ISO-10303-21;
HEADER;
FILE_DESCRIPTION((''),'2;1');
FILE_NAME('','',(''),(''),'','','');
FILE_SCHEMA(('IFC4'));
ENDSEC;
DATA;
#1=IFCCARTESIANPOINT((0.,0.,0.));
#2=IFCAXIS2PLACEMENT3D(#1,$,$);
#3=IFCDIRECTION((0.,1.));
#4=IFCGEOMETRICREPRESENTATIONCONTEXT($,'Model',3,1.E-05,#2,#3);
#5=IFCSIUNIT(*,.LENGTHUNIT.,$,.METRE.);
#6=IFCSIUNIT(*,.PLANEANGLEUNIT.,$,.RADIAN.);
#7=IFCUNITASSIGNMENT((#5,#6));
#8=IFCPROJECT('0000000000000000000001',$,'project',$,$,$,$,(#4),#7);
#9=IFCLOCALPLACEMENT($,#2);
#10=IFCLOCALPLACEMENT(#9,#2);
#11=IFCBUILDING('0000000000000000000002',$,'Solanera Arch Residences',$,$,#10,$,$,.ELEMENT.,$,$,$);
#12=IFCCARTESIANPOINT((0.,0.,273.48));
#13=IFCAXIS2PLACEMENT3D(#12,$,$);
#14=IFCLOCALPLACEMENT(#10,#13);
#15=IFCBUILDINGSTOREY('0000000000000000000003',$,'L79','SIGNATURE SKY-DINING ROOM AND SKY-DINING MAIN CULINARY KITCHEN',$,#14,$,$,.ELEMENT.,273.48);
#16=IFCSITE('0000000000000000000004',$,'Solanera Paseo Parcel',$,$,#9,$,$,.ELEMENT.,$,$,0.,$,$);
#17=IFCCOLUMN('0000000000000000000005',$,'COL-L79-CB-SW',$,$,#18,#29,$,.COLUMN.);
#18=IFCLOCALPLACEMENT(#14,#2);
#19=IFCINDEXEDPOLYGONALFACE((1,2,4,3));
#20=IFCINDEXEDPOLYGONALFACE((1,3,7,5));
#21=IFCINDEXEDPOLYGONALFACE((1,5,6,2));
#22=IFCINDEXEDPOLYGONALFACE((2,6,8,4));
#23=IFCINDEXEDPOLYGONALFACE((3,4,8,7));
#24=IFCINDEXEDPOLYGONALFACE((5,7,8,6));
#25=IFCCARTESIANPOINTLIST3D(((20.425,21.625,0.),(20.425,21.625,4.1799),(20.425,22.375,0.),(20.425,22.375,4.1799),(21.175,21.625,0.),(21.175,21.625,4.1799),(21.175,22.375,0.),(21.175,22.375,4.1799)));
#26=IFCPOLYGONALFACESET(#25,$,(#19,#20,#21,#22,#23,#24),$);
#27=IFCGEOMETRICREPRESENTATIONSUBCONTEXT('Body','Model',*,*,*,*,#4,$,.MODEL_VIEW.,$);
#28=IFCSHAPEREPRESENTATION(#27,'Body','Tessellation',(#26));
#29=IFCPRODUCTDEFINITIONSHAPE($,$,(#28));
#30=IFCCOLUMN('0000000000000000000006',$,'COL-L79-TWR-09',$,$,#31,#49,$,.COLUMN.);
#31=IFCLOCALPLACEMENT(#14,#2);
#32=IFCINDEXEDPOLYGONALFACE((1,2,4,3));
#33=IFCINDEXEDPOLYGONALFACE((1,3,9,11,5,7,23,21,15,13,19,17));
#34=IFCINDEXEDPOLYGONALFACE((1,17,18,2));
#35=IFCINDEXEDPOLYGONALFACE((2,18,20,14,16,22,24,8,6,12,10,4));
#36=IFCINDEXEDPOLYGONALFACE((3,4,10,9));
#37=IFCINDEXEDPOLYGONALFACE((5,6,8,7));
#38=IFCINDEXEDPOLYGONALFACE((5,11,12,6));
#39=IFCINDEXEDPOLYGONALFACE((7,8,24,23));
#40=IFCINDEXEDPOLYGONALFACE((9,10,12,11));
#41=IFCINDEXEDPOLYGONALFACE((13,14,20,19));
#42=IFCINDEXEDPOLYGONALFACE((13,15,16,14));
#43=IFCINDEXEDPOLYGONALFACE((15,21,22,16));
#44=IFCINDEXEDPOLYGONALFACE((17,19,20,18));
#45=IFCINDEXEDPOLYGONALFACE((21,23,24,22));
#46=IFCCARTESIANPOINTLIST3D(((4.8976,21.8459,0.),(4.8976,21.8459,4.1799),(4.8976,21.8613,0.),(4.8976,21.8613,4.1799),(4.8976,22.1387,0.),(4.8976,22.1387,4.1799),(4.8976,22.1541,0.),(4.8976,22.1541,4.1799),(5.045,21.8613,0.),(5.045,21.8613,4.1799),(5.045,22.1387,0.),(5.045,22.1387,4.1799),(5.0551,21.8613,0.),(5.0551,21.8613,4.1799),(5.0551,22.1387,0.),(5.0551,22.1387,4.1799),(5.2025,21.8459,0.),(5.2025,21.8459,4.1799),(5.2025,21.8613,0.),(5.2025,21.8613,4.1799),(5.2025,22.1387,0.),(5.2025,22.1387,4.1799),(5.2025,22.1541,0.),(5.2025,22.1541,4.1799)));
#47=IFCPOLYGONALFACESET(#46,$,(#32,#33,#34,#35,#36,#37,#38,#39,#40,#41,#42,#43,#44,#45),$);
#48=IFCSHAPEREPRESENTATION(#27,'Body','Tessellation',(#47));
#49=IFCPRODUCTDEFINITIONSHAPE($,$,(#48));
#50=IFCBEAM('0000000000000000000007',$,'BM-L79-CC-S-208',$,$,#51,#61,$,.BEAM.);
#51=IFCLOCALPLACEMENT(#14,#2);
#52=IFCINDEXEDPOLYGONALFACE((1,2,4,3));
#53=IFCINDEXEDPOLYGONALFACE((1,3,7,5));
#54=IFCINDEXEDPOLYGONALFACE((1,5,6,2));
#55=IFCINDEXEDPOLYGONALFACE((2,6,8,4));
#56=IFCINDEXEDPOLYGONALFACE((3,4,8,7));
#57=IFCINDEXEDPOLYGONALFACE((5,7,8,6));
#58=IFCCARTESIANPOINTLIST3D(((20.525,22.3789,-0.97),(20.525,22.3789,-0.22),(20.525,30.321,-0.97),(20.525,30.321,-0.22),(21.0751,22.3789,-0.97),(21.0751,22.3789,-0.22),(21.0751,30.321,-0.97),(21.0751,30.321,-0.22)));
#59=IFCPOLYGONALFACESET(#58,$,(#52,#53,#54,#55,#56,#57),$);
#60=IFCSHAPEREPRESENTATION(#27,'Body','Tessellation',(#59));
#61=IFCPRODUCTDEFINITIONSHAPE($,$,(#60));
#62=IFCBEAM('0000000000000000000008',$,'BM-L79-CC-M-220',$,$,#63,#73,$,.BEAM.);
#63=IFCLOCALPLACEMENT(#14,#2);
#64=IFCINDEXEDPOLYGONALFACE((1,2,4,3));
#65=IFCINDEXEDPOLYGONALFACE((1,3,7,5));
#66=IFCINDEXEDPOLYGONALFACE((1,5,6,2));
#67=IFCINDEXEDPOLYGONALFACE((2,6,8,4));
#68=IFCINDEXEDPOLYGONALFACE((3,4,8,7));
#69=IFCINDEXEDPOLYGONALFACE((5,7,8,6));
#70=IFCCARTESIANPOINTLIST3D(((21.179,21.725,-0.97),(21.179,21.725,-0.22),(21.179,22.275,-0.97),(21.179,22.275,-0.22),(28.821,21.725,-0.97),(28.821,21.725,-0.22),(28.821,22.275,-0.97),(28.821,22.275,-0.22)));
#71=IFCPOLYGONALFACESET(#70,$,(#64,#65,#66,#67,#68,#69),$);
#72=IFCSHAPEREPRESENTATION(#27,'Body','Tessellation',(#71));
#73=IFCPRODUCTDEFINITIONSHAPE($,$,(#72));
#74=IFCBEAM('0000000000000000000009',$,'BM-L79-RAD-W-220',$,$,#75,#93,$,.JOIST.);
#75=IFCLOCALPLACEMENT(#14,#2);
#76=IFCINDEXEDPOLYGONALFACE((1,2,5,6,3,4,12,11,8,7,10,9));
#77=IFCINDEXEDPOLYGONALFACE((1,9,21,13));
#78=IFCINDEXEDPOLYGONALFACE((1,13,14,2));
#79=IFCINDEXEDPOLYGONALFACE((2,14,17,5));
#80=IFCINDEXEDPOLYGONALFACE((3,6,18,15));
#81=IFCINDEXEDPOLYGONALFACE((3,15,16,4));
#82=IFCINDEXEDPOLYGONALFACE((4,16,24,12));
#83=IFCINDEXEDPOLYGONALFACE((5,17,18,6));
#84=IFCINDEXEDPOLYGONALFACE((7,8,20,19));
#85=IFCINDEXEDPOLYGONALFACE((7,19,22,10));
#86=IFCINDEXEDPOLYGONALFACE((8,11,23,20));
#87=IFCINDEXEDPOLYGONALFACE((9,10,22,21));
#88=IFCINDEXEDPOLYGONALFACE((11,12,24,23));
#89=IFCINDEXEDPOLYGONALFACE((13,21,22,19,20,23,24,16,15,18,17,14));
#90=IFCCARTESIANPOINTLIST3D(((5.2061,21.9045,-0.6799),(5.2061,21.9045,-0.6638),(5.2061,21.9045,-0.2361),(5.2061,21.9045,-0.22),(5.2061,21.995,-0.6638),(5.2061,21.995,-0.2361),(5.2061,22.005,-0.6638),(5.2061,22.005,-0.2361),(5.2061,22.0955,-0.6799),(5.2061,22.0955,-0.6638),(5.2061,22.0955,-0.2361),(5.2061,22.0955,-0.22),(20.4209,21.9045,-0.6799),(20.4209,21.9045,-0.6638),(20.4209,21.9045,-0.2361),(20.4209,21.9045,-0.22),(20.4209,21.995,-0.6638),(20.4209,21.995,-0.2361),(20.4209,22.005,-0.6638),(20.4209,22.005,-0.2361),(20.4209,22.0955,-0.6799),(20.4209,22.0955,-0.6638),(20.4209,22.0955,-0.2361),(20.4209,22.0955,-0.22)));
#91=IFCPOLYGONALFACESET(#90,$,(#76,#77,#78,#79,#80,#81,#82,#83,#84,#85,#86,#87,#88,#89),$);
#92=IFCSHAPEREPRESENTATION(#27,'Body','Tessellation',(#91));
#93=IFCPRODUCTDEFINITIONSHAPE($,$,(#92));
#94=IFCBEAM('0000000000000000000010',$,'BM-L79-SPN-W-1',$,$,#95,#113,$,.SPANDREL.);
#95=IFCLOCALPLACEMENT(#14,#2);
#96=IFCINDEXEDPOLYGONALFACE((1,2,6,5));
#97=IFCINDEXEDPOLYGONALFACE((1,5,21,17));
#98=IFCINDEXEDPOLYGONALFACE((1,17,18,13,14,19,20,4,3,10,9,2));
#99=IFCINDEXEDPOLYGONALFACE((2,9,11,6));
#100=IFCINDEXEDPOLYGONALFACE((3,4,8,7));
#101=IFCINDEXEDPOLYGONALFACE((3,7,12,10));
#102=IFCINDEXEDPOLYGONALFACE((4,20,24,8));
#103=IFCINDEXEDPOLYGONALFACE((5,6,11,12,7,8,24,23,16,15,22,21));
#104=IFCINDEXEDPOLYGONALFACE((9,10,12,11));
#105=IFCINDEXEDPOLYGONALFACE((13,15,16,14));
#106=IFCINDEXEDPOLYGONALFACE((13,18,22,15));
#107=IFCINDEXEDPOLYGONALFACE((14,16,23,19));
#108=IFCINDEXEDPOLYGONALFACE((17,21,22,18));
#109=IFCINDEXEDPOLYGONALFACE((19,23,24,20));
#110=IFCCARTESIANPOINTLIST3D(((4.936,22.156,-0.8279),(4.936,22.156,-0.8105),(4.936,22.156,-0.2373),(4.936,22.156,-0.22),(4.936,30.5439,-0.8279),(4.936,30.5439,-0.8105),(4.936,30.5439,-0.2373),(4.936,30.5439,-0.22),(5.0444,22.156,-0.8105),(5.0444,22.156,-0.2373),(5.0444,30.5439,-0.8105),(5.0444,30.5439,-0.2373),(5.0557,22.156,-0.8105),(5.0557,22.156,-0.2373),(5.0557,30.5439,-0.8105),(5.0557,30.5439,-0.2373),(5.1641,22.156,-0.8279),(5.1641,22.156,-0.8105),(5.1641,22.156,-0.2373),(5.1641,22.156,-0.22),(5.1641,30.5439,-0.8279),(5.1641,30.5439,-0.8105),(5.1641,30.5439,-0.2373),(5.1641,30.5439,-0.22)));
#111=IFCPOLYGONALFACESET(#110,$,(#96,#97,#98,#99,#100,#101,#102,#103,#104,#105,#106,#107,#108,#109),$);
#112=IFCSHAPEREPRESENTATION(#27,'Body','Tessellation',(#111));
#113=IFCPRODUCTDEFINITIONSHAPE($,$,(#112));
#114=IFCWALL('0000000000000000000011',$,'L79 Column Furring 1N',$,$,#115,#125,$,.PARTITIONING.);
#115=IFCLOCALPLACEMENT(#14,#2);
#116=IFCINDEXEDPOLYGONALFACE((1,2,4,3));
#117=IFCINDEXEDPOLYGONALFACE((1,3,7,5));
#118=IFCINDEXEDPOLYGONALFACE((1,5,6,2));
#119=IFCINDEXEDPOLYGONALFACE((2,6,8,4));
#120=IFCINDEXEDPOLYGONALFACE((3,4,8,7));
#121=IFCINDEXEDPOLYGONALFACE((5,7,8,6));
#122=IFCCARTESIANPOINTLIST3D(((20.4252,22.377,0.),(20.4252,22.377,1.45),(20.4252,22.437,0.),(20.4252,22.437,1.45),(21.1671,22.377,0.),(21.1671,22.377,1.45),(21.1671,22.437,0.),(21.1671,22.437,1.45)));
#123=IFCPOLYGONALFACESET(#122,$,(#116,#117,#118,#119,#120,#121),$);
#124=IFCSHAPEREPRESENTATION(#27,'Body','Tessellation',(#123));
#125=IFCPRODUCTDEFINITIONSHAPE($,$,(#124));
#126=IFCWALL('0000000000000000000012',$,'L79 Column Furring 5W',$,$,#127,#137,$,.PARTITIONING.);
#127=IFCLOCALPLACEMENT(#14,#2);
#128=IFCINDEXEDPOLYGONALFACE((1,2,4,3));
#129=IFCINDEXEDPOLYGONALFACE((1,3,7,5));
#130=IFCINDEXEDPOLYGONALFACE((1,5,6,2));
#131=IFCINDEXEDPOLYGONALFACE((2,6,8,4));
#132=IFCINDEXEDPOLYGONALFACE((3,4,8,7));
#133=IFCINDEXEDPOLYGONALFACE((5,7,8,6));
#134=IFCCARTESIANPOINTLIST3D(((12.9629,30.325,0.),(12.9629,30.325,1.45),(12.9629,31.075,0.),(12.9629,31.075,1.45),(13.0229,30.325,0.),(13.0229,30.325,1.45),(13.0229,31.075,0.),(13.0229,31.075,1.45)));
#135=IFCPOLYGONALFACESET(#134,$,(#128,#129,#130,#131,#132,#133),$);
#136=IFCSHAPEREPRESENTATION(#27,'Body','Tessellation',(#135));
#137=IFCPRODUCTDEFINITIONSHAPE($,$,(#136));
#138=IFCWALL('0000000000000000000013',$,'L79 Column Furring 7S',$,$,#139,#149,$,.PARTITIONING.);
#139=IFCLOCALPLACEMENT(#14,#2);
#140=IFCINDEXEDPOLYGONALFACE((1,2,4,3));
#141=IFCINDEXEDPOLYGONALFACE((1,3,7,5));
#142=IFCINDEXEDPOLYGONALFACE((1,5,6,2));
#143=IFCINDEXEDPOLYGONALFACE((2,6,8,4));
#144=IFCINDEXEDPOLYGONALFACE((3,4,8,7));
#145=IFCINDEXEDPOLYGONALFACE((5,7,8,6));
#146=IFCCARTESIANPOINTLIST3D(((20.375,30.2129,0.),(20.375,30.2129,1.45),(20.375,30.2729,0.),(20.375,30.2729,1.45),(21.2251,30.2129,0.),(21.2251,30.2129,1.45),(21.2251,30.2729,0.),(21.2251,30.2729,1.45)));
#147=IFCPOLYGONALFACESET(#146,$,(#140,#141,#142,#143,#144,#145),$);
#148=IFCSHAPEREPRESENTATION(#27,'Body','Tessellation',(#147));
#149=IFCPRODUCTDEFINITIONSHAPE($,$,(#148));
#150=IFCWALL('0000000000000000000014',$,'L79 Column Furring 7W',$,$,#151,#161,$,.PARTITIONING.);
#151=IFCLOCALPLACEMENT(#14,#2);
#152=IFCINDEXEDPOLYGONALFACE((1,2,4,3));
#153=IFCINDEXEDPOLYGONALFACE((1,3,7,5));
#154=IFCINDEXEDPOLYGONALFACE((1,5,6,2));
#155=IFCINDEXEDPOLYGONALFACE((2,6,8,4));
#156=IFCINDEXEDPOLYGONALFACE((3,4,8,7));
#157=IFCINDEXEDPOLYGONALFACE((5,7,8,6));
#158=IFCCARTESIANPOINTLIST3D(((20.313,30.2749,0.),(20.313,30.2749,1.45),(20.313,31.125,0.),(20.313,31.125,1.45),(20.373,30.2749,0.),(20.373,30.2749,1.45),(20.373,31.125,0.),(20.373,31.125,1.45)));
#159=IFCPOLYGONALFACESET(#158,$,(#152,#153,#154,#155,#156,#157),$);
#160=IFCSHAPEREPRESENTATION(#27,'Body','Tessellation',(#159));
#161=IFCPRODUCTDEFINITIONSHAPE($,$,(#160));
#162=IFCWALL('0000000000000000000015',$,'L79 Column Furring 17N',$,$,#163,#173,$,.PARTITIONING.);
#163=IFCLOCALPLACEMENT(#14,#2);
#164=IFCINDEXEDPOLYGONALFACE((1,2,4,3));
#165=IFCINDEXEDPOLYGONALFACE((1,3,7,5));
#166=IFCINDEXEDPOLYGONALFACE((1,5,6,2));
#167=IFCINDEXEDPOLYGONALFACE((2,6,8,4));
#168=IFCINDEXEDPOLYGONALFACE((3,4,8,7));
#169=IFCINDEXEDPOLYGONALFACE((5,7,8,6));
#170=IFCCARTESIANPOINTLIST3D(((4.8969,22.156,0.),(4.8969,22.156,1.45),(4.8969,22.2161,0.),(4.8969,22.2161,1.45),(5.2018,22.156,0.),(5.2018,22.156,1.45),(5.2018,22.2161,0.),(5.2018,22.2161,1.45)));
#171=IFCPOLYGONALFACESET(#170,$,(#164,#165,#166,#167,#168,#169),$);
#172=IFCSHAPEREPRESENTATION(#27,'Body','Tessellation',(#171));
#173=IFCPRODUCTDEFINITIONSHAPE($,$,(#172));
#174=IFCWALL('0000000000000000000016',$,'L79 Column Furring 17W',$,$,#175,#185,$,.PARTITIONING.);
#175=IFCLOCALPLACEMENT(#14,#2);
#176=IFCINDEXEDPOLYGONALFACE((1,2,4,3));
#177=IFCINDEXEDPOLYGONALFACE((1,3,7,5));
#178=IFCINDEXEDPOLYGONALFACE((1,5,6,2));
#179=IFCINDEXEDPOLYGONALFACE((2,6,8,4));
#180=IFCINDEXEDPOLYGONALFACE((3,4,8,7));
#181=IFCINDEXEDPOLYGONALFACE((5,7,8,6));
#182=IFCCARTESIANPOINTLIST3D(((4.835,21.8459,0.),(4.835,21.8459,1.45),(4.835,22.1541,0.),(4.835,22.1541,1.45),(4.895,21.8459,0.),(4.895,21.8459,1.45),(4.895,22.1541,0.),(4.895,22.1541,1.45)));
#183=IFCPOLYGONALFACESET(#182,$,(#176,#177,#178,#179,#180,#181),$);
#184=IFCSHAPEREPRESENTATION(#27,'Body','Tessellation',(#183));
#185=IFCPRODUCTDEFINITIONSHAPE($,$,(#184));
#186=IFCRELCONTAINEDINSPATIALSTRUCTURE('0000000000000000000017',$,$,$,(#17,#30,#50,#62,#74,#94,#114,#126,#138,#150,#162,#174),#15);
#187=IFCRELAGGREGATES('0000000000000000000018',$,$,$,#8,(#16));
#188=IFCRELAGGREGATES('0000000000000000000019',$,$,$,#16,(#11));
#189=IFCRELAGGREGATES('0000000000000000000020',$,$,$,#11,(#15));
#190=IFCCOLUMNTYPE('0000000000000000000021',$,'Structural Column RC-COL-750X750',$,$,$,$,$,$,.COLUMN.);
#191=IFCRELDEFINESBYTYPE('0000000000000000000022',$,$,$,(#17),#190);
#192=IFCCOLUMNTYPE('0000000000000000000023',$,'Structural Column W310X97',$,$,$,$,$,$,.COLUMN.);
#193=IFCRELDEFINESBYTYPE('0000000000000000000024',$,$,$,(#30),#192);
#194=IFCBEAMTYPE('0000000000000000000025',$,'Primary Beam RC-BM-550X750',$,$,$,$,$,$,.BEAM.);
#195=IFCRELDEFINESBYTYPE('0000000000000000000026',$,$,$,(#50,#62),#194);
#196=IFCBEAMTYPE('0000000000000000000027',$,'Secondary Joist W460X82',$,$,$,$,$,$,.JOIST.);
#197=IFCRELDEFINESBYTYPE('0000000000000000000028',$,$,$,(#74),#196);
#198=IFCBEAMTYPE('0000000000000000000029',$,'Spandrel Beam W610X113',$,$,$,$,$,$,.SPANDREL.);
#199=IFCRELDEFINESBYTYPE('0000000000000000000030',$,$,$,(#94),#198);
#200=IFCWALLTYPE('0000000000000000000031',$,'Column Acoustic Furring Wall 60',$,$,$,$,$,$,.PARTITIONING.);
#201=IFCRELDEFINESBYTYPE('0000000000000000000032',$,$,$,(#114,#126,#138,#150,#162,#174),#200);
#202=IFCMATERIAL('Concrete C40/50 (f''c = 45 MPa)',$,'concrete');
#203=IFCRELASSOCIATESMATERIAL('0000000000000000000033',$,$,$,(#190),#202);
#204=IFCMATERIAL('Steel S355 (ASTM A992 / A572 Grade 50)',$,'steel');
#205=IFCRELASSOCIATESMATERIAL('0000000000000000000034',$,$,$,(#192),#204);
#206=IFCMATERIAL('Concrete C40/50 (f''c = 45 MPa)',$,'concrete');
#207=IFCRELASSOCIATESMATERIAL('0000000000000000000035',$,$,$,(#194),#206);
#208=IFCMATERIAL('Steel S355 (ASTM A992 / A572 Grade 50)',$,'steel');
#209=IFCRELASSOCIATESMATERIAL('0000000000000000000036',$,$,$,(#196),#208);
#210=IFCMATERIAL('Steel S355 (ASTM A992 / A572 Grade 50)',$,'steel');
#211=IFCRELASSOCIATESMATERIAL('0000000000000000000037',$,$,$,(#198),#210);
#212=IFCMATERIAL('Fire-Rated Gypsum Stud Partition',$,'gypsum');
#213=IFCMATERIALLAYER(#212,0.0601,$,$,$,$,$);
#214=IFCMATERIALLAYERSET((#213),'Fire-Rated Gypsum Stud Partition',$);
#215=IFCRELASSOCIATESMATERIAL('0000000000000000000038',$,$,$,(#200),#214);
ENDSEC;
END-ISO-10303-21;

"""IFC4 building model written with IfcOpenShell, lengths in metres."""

from ifc_helpers import new_model, si_unit, direction, frame, frame_2d, origin, origin_2d, place, context, subcontext, project, spatial, rectangle, i_section, extrude, material, layer, layer_set, material_profile, profile_set, type_object, element, save


model = new_model("IFC4")

# Units and contexts
model_context = context("Model", 3, precision=1e-05, world=origin(), true_north=direction((0.0, 1.0)))
body_context = subcontext(model_context, "Body", "Model", "MODEL_VIEW")
ifc_project = project(units=[si_unit("LENGTHUNIT", "METRE"), si_unit("PLANEANGLEUNIT", "RADIAN")], contexts=[model_context])

# Site, building, storey
site_placement = place(None, origin())
site = spatial("IfcSite", under=ifc_project, at=site_placement, Name="Solanera Paseo Parcel", CompositionType="ELEMENT", RefElevation=0.0)
building_placement = place(site_placement, origin())
building = spatial("IfcBuilding", under=site, at=building_placement, Name="Solanera Arch Residences", CompositionType="ELEMENT")
storey_placement = place(building_placement, frame((0.0, 0.0, 273.48)))
storey = spatial("IfcBuildingStorey", under=building, at=storey_placement, Name="L79", Description="SIGNATURE SKY-DINING ROOM AND SKY-DINING MAIN CULINARY KITCHEN", CompositionType="ELEMENT", Elevation=273.48)

# Columns
ifc_material_1 = material(Name="Concrete C40/50 (f'c = 45 MPa)", Category="concrete")
ifc_material_profile_1 = material_profile(ifc_material_1, rectangle(XDim=0.75, YDim=0.75, at=origin_2d()))
ifc_profile_set_1 = profile_set([ifc_material_profile_1], Name="Concrete C40/50 (f'c = 45 MPa)")
column_type_1 = type_object("IfcColumnType", Name="Structural Column RC-COL-750X750", PredefinedType="COLUMN", material=ifc_profile_set_1)
column_1_placement = place(storey_placement, frame((20.8, 22.0, 0.0), z_axis=(0.0, 0.0, 1.0), x_axis=(1.0, 0.0, 0.0)))
element("IfcColumn", 1, at=column_1_placement, inside=storey, type_object=column_type_1, Name="COL-L79-CB-SW", PredefinedType="COLUMN", context=body_context, shape_type="SweptSolid", body=[
    extrude(rectangle(XDim=0.75, YDim=0.75, at=origin_2d()), origin(), (0.0, 0.0, 1.0), 4.1799),
])
ifc_material_2 = material(Name="Steel S355 (ASTM A992 / A572 Grade 50)", Category="steel")
ifc_material_profile_2 = material_profile(ifc_material_2, i_section(OverallWidth=0.3049, OverallDepth=0.3081, WebThickness=0.01, FlangeThickness=0.0154, at=origin_2d()))
ifc_profile_set_2 = profile_set([ifc_material_profile_2], Name="Steel S355 (ASTM A992 / A572 Grade 50)")
column_type_2 = type_object("IfcColumnType", Name="Structural Column W310X97", PredefinedType="COLUMN", material=ifc_profile_set_2)
column_2_placement = place(storey_placement, frame((5.05, 22.0, 0.0), z_axis=(0.0, 0.0, 1.0), x_axis=(1.0, 0.0, 0.0)))
element("IfcColumn", 2, at=column_2_placement, inside=storey, type_object=column_type_2, Name="COL-L79-TWR-09", PredefinedType="COLUMN", context=body_context, shape_type="SweptSolid", body=[
    extrude(i_section(OverallWidth=0.3049, OverallDepth=0.3081, WebThickness=0.01, FlangeThickness=0.0154, at=origin_2d()), origin(), (0.0, 0.0, 1.0), 4.1799),
])

# Beams
ifc_material_3 = material(Name="Concrete C40/50 (f'c = 45 MPa)", Category="concrete")
ifc_material_profile_3 = material_profile(ifc_material_3, rectangle(XDim=0.55, YDim=0.75, at=origin_2d()))
ifc_profile_set_3 = profile_set([ifc_material_profile_3], Name="Concrete C40/50 (f'c = 45 MPa)")
beam_type_1 = type_object("IfcBeamType", Name="Primary Beam RC-BM-550X750", PredefinedType="BEAM", material=ifc_profile_set_3)
beam_1_placement = place(storey_placement, frame((20.8, 22.3789, -0.595), z_axis=(0.0, 1.0, 0.0), x_axis=(-1.0, 0.0, 0.0)))
element("IfcBeam", 3, at=beam_1_placement, inside=storey, type_object=beam_type_1, Name="BM-L79-CC-S-208", PredefinedType="BEAM", context=body_context, shape_type="SweptSolid", body=[
    extrude(rectangle(XDim=0.55, YDim=0.75, at=origin_2d()), origin(), (0.0, 0.0, 1.0), 7.9421),
])
beam_2_placement = place(storey_placement, frame((21.179, 22.0, -0.595), z_axis=(1.0, 0.0, 0.0), x_axis=(0.0, 1.0, 0.0)))
element("IfcBeam", 4, at=beam_2_placement, inside=storey, type_object=beam_type_1, Name="BM-L79-CC-M-220", PredefinedType="BEAM", context=body_context, shape_type="SweptSolid", body=[
    extrude(rectangle(XDim=0.55, YDim=0.75, at=origin_2d()), origin(), (0.0, 0.0, 1.0), 7.6421),
])
ifc_material_4 = material(Name="Steel S355 (ASTM A992 / A572 Grade 50)", Category="steel")
ifc_material_profile_4 = material_profile(ifc_material_4, i_section(OverallWidth=0.1909, OverallDepth=0.46, WebThickness=0.01, FlangeThickness=0.0161, at=origin_2d()))
ifc_profile_set_4 = profile_set([ifc_material_profile_4], Name="Steel S355 (ASTM A992 / A572 Grade 50)")
beam_type_2 = type_object("IfcBeamType", Name="Secondary Joist W460X82", PredefinedType="JOIST", material=ifc_profile_set_4)
beam_3_placement = place(storey_placement, frame((5.2061, 22.0, -0.45), z_axis=(1.0, 0.0, 0.0), x_axis=(0.0, 1.0, 0.0)))
element("IfcBeam", 5, at=beam_3_placement, inside=storey, type_object=beam_type_2, Name="BM-L79-RAD-W-220", PredefinedType="JOIST", context=body_context, shape_type="SweptSolid", body=[
    extrude(i_section(OverallWidth=0.1909, OverallDepth=0.46, WebThickness=0.01, FlangeThickness=0.0161, at=origin_2d()), origin(), (0.0, 0.0, 1.0), 15.2148),
])
ifc_material_5 = material(Name="Steel S355 (ASTM A992 / A572 Grade 50)", Category="steel")
ifc_material_profile_5 = material_profile(ifc_material_5, i_section(OverallWidth=0.228, OverallDepth=0.6079, WebThickness=0.0112, FlangeThickness=0.0173, at=origin_2d()))
ifc_profile_set_5 = profile_set([ifc_material_profile_5], Name="Steel S355 (ASTM A992 / A572 Grade 50)")
beam_type_3 = type_object("IfcBeamType", Name="Spandrel Beam W610X113", PredefinedType="SPANDREL", material=ifc_profile_set_5)
beam_4_placement = place(storey_placement, frame((5.05, 22.156, -0.5239), z_axis=(0.0, 1.0, 0.0), x_axis=(-1.0, 0.0, 0.0)))
element("IfcBeam", 6, at=beam_4_placement, inside=storey, type_object=beam_type_3, Name="BM-L79-SPN-W-1", PredefinedType="SPANDREL", context=body_context, shape_type="SweptSolid", body=[
    extrude(i_section(OverallWidth=0.228, OverallDepth=0.6079, WebThickness=0.0112, FlangeThickness=0.0173, at=origin_2d()), origin(), (0.0, 0.0, 1.0), 8.3879),
])

# Walls
ifc_material_6 = material(Name="Fire-Rated Gypsum Stud Partition", Category="gypsum")
ifc_layer_1 = layer(ifc_material_6, 0.0601)
ifc_layer_set_1 = layer_set([ifc_layer_1], Name="Fire-Rated Gypsum Stud Partition")
wall_type_1 = type_object("IfcWallType", Name="Column Acoustic Furring Wall 60", PredefinedType="PARTITIONING", material=ifc_layer_set_1)
wall_1_placement = place(storey_placement, frame((20.425, 22.407, 0.0), z_axis=(0.0, 0.0, 1.0), x_axis=(1.0, 0.0, 0.0)))
element("IfcWall", 7, at=wall_1_placement, inside=storey, type_object=wall_type_1, Name="L79 Column Furring 1N", PredefinedType="PARTITIONING", context=body_context, shape_type="SweptSolid", body=[
    extrude(rectangle(XDim=0.7419, YDim=0.0601, at=frame_2d((0.3711, 0.0))), origin(), (0.0, 0.0, 1.0), 1.45),
])
wall_2_placement = place(storey_placement, frame((12.9929, 30.325, 0.0), z_axis=(0.0, 0.0, 1.0), x_axis=(0.0, 1.0, 0.0)))
element("IfcWall", 8, at=wall_2_placement, inside=storey, type_object=wall_type_1, Name="L79 Column Furring 5W", PredefinedType="PARTITIONING", context=body_context, shape_type="SweptSolid", body=[
    extrude(rectangle(XDim=0.75, YDim=0.0601, at=frame_2d((0.375, 0.0))), origin(), (0.0, 0.0, 1.0), 1.45),
])
for number, where, z_axis, x_axis, name in (
    (9, (20.375, 30.2429, 0.0), (0.0, 0.0, 1.0), (1.0, 0.0, 0.0), "L79 Column Furring 7S"),
    (10, (20.343, 30.2749, 0.0), (0.0, 0.0, 1.0), (0.0, 1.0, 0.0), "L79 Column Furring 7W"),
):
    element("IfcWall", number, at=place(storey_placement, frame(where, z_axis=z_axis, x_axis=x_axis)), inside=storey, type_object=wall_type_1, Name=name, PredefinedType="PARTITIONING", context=body_context, shape_type="SweptSolid", body=[
        extrude(rectangle(XDim=0.8501, YDim=0.0601, at=frame_2d((0.425, 0.0))), origin(), (0.0, 0.0, 1.0), 1.45),
    ])
wall_3_placement = place(storey_placement, frame((4.897, 22.186, 0.0), z_axis=(0.0, 0.0, 1.0), x_axis=(1.0, 0.0, 0.0)))
element("IfcWall", 11, at=wall_3_placement, inside=storey, type_object=wall_type_1, Name="L79 Column Furring 17N", PredefinedType="PARTITIONING", context=body_context, shape_type="SweptSolid", body=[
    extrude(rectangle(XDim=0.3049, YDim=0.0601, at=frame_2d((0.1523, 0.0))), origin(), (0.0, 0.0, 1.0), 1.45),
])
for number, where, z_axis, x_axis, name in (
    (12, (4.865, 21.8459, 0.0), (0.0, 0.0, 1.0), (0.0, 1.0, 0.0), "L79 Column Furring 17W"),
):
    element("IfcWall", number, at=place(storey_placement, frame(where, z_axis=z_axis, x_axis=x_axis)), inside=storey, type_object=wall_type_1, Name=name, PredefinedType="PARTITIONING", context=body_context, shape_type="SweptSolid", body=[
        extrude(rectangle(XDim=0.3081, YDim=0.0601, at=frame_2d((0.1541, 0.0))), origin(), (0.0, 0.0, 1.0), 1.45),
    ])

save(model, "model.ifc")
